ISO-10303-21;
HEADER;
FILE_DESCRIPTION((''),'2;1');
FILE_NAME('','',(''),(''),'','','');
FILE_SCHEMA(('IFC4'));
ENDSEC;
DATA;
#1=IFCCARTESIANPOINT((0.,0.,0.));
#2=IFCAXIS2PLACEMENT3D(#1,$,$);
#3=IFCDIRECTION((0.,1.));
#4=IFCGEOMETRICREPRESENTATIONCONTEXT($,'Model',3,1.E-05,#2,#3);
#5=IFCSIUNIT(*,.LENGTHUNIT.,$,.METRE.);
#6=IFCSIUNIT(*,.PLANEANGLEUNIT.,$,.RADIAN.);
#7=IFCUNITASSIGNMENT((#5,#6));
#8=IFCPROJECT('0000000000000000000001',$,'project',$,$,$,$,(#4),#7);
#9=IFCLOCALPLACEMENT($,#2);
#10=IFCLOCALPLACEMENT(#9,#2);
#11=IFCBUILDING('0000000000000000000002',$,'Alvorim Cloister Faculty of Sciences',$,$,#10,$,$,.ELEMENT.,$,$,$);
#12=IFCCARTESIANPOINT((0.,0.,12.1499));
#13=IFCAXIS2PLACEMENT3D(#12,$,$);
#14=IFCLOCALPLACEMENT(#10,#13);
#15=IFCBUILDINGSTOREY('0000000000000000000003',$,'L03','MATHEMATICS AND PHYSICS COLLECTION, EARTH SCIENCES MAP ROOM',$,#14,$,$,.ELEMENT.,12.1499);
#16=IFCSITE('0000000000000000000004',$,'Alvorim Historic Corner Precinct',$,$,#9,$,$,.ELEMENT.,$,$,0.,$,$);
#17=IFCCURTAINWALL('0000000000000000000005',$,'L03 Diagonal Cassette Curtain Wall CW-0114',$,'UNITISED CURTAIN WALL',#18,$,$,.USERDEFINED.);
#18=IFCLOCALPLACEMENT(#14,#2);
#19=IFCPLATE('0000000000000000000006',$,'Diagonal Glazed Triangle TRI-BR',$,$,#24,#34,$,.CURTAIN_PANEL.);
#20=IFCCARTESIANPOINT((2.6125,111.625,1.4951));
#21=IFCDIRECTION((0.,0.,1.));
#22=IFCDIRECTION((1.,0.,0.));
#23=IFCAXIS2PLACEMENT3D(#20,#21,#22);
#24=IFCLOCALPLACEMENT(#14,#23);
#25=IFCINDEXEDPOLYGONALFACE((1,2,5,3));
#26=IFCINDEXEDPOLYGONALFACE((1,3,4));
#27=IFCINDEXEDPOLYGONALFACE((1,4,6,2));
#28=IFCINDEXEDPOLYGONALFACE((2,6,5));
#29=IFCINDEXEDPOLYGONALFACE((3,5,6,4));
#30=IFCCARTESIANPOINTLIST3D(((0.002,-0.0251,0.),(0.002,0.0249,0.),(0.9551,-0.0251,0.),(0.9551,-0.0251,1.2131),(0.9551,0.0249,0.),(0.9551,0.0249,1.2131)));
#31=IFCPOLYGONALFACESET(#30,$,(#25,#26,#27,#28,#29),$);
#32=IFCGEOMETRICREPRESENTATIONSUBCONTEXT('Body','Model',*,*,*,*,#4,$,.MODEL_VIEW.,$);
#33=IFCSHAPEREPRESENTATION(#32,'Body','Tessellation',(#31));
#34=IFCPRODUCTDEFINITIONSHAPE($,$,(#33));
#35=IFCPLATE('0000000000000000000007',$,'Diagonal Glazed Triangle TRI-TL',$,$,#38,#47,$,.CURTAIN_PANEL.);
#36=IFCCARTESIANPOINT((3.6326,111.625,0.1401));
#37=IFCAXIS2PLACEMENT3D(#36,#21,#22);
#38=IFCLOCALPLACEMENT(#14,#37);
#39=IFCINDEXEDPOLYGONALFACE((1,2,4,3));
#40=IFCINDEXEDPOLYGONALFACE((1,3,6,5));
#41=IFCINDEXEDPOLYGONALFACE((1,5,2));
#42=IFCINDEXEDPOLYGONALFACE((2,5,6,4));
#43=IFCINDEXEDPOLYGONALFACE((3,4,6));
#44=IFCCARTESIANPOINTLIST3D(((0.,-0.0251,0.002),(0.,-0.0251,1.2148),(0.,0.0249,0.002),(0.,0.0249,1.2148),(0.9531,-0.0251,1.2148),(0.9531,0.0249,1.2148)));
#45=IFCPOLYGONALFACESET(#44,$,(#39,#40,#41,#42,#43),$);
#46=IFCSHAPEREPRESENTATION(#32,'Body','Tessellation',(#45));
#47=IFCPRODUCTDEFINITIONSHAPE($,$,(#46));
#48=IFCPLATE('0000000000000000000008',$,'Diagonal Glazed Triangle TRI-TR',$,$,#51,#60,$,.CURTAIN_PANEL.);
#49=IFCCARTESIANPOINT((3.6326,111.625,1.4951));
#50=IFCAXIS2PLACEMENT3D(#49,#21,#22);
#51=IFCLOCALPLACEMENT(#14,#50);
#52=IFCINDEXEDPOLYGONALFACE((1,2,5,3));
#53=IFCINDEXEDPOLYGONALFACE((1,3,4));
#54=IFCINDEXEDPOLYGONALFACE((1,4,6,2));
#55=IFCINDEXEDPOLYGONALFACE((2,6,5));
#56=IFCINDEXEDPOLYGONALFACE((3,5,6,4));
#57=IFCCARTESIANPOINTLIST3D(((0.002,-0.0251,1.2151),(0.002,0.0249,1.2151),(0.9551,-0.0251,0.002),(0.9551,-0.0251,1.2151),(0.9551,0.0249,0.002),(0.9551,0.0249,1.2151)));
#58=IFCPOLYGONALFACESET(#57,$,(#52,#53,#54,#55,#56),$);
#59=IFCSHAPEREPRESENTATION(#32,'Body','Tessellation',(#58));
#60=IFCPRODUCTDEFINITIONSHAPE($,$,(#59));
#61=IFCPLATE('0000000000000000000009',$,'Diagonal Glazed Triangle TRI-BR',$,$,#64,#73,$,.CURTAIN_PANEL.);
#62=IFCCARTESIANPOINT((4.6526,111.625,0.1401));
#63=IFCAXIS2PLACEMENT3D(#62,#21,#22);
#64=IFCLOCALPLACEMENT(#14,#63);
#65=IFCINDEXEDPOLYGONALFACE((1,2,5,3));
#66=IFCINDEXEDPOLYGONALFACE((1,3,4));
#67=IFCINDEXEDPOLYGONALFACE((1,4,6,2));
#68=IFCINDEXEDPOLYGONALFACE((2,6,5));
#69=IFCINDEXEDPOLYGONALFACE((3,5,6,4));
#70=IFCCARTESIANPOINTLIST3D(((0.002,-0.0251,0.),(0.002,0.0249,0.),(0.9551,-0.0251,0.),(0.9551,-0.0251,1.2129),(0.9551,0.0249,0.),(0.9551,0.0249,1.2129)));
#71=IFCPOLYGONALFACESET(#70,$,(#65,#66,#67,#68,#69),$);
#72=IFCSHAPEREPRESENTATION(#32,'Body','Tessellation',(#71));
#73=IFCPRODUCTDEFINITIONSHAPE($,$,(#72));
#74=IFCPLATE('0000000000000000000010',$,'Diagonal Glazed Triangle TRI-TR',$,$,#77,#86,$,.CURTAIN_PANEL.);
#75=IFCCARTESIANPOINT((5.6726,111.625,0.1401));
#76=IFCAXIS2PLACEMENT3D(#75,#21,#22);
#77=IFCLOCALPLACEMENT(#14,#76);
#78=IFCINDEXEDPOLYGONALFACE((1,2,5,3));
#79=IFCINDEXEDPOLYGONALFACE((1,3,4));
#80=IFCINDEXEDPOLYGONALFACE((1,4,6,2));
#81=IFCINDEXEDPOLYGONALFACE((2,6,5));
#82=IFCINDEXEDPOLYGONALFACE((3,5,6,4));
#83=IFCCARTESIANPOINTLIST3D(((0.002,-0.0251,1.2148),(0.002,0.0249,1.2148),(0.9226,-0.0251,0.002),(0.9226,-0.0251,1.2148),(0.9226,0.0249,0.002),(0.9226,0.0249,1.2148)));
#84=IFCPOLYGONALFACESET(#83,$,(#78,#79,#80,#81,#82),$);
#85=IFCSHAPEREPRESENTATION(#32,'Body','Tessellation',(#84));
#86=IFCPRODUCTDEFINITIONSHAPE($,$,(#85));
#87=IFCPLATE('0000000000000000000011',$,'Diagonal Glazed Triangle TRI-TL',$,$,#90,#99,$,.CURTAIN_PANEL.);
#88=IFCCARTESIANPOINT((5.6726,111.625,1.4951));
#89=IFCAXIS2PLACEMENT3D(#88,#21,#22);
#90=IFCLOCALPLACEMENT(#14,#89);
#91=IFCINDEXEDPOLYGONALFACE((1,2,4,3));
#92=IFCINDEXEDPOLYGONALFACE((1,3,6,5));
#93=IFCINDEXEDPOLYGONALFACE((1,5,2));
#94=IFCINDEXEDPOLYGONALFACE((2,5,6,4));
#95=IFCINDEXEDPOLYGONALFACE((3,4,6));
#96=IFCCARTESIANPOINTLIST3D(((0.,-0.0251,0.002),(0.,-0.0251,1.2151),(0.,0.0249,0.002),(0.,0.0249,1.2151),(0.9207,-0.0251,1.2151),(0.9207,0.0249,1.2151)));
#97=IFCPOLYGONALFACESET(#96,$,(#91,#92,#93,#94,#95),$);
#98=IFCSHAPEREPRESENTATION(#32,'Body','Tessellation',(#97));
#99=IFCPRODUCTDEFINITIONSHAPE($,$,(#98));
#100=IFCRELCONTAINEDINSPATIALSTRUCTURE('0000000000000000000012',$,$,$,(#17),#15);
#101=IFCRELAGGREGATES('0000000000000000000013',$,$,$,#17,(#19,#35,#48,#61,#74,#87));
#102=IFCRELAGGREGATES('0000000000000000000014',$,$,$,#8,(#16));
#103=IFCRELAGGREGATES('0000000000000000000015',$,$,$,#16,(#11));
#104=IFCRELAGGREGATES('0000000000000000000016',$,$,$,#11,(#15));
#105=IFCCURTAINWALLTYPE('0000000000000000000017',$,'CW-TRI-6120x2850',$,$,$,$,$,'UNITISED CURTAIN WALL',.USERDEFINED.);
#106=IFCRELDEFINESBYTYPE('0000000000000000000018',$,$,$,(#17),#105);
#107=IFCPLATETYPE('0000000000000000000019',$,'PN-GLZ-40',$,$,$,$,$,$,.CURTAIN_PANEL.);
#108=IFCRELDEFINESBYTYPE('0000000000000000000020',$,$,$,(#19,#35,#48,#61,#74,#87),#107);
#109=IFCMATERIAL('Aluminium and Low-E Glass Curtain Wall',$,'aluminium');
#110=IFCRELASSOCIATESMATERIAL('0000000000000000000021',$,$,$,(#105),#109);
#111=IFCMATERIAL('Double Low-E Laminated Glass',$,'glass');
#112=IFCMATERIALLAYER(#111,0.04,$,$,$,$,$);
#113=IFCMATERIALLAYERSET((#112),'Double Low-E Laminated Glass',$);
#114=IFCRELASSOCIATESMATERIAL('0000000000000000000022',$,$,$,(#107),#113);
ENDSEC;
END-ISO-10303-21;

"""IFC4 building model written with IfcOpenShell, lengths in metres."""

from ifc_helpers import new_model, si_unit, direction, frame, origin, place, context, subcontext, project, spatial, polyline, outline, extrude, material, layer, layer_set, type_object, element, aggregate, save


model = new_model("IFC4")

# Units and contexts
model_context = context("Model", 3, precision=1e-05, world=origin(), true_north=direction((0.0, 1.0)))
body_context = subcontext(model_context, "Body", "Model", "MODEL_VIEW")
ifc_project = project(units=[si_unit("LENGTHUNIT", "METRE"), si_unit("PLANEANGLEUNIT", "RADIAN")], contexts=[model_context])

# Site, building, storey
site_placement = place(None, origin())
site = spatial("IfcSite", under=ifc_project, at=site_placement, Name="Alvorim Historic Corner Precinct", CompositionType="ELEMENT", RefElevation=0.0)
building_placement = place(site_placement, origin())
building = spatial("IfcBuilding", under=site, at=building_placement, Name="Alvorim Cloister Faculty of Sciences", CompositionType="ELEMENT")
storey_placement = place(building_placement, frame((0.0, 0.0, 12.1499)))
storey = spatial("IfcBuildingStorey", under=building, at=storey_placement, Name="L03", Description="MATHEMATICS AND PHYSICS COLLECTION, EARTH SCIENCES MAP ROOM", CompositionType="ELEMENT", Elevation=12.1499)

# Curtain wall, plates
ifc_material_1 = material(Name="Aluminium and Low-E Glass Curtain Wall", Category="aluminium")
curtain_wall_type = type_object("IfcCurtainWallType", Name="CW-TRI-6120x2850", ElementType="UNITISED CURTAIN WALL", PredefinedType="USERDEFINED", material=ifc_material_1)
curtain_wall_placement = place(storey_placement, origin())
curtain_wall = element("IfcCurtainWall", 1, at=curtain_wall_placement, inside=storey, type_object=curtain_wall_type, Name="L03 Diagonal Cassette Curtain Wall CW-0114", ObjectType="UNITISED CURTAIN WALL", PredefinedType="USERDEFINED")
ifc_material_2 = material(Name="Double Low-E Laminated Glass", Category="glass")
ifc_layer = layer(ifc_material_2, 0.04)
ifc_layer_set = layer_set([ifc_layer], Name="Double Low-E Laminated Glass")
plate_type = type_object("IfcPlateType", Name="PN-GLZ-40", PredefinedType="CURTAIN_PANEL", material=ifc_layer_set)
plate_1_placement = place(storey_placement, frame((2.6125, 111.625, 1.4951), z_axis=(0.0, 0.0, 1.0), x_axis=(1.0, 0.0, 0.0)))
plate_1 = element("IfcPlate", 2, at=plate_1_placement, type_object=plate_type, Name="Diagonal Glazed Triangle TRI-BR", PredefinedType="CURTAIN_PANEL", context=body_context, shape_type="SweptSolid", body=[
    extrude(outline(polyline([(0.002, 0.0), (0.9551, 0.0), (0.9551, 1.2131), (0.002, 0.0)])), frame((0.0, 0.0249, 0.0), z_axis=(0.0, -1.0, 0.0), x_axis=(1.0, 0.0, 0.0)), (0.0, 0.0, 1.0), 0.05),
])
plate_2_placement = place(storey_placement, frame((3.6326, 111.625, 0.1401), z_axis=(0.0, 0.0, 1.0), x_axis=(1.0, 0.0, 0.0)))
plate_2 = element("IfcPlate", 3, at=plate_2_placement, type_object=plate_type, Name="Diagonal Glazed Triangle TRI-TL", PredefinedType="CURTAIN_PANEL", context=body_context, shape_type="SweptSolid", body=[
    extrude(outline(polyline([(0.9531, 1.2148), (0.0, 1.2148), (0.0, 0.002), (0.9531, 1.2148)])), frame((0.0, 0.0249, 0.0), z_axis=(0.0, -1.0, 0.0), x_axis=(1.0, 0.0, 0.0)), (0.0, 0.0, 1.0), 0.05),
])
plate_3_placement = place(storey_placement, frame((3.6326, 111.625, 1.4951), z_axis=(0.0, 0.0, 1.0), x_axis=(1.0, 0.0, 0.0)))
plate_3 = element("IfcPlate", 4, at=plate_3_placement, type_object=plate_type, Name="Diagonal Glazed Triangle TRI-TR", PredefinedType="CURTAIN_PANEL", context=body_context, shape_type="SweptSolid", body=[
    extrude(outline(polyline([(0.9551, 0.002), (0.9551, 1.2151), (0.002, 1.2151), (0.9551, 0.002)])), frame((0.0, 0.0249, 0.0), z_axis=(0.0, -1.0, 0.0), x_axis=(1.0, 0.0, 0.0)), (0.0, 0.0, 1.0), 0.05),
])
plate_4_placement = place(storey_placement, frame((4.6526, 111.625, 0.1401), z_axis=(0.0, 0.0, 1.0), x_axis=(1.0, 0.0, 0.0)))
plate_4 = element("IfcPlate", 5, at=plate_4_placement, type_object=plate_type, Name="Diagonal Glazed Triangle TRI-BR", PredefinedType="CURTAIN_PANEL", context=body_context, shape_type="SweptSolid", body=[
    extrude(outline(polyline([(0.002, 0.0), (0.9551, 0.0), (0.9551, 1.2129), (0.002, 0.0)])), frame((0.0, 0.0249, 0.0), z_axis=(0.0, -1.0, 0.0), x_axis=(1.0, 0.0, 0.0)), (0.0, 0.0, 1.0), 0.05),
])
plate_5_placement = place(storey_placement, frame((5.6726, 111.625, 0.1401), z_axis=(0.0, 0.0, 1.0), x_axis=(1.0, 0.0, 0.0)))
plate_5 = element("IfcPlate", 6, at=plate_5_placement, type_object=plate_type, Name="Diagonal Glazed Triangle TRI-TR", PredefinedType="CURTAIN_PANEL", context=body_context, shape_type="SweptSolid", body=[
    extrude(outline(polyline([(0.9226, 0.002), (0.9226, 1.2148), (0.002, 1.2148), (0.9226, 0.002)])), frame((0.0, 0.0249, 0.0), z_axis=(0.0, -1.0, 0.0), x_axis=(1.0, 0.0, 0.0)), (0.0, 0.0, 1.0), 0.05),
])
plate_6_placement = place(storey_placement, frame((5.6726, 111.625, 1.4951), z_axis=(0.0, 0.0, 1.0), x_axis=(1.0, 0.0, 0.0)))
plate_6 = element("IfcPlate", 7, at=plate_6_placement, type_object=plate_type, Name="Diagonal Glazed Triangle TRI-TL", PredefinedType="CURTAIN_PANEL", context=body_context, shape_type="SweptSolid", body=[
    extrude(outline(polyline([(0.9207, 1.2151), (0.0, 1.2151), (0.0, 0.002), (0.9207, 1.2151)])), frame((0.0, 0.0249, 0.0), z_axis=(0.0, -1.0, 0.0), x_axis=(1.0, 0.0, 0.0)), (0.0, 0.0, 1.0), 0.05),
])
aggregate(curtain_wall, [plate_1, plate_2, plate_3, plate_4, plate_5, plate_6])

save(model, "model.ifc")
